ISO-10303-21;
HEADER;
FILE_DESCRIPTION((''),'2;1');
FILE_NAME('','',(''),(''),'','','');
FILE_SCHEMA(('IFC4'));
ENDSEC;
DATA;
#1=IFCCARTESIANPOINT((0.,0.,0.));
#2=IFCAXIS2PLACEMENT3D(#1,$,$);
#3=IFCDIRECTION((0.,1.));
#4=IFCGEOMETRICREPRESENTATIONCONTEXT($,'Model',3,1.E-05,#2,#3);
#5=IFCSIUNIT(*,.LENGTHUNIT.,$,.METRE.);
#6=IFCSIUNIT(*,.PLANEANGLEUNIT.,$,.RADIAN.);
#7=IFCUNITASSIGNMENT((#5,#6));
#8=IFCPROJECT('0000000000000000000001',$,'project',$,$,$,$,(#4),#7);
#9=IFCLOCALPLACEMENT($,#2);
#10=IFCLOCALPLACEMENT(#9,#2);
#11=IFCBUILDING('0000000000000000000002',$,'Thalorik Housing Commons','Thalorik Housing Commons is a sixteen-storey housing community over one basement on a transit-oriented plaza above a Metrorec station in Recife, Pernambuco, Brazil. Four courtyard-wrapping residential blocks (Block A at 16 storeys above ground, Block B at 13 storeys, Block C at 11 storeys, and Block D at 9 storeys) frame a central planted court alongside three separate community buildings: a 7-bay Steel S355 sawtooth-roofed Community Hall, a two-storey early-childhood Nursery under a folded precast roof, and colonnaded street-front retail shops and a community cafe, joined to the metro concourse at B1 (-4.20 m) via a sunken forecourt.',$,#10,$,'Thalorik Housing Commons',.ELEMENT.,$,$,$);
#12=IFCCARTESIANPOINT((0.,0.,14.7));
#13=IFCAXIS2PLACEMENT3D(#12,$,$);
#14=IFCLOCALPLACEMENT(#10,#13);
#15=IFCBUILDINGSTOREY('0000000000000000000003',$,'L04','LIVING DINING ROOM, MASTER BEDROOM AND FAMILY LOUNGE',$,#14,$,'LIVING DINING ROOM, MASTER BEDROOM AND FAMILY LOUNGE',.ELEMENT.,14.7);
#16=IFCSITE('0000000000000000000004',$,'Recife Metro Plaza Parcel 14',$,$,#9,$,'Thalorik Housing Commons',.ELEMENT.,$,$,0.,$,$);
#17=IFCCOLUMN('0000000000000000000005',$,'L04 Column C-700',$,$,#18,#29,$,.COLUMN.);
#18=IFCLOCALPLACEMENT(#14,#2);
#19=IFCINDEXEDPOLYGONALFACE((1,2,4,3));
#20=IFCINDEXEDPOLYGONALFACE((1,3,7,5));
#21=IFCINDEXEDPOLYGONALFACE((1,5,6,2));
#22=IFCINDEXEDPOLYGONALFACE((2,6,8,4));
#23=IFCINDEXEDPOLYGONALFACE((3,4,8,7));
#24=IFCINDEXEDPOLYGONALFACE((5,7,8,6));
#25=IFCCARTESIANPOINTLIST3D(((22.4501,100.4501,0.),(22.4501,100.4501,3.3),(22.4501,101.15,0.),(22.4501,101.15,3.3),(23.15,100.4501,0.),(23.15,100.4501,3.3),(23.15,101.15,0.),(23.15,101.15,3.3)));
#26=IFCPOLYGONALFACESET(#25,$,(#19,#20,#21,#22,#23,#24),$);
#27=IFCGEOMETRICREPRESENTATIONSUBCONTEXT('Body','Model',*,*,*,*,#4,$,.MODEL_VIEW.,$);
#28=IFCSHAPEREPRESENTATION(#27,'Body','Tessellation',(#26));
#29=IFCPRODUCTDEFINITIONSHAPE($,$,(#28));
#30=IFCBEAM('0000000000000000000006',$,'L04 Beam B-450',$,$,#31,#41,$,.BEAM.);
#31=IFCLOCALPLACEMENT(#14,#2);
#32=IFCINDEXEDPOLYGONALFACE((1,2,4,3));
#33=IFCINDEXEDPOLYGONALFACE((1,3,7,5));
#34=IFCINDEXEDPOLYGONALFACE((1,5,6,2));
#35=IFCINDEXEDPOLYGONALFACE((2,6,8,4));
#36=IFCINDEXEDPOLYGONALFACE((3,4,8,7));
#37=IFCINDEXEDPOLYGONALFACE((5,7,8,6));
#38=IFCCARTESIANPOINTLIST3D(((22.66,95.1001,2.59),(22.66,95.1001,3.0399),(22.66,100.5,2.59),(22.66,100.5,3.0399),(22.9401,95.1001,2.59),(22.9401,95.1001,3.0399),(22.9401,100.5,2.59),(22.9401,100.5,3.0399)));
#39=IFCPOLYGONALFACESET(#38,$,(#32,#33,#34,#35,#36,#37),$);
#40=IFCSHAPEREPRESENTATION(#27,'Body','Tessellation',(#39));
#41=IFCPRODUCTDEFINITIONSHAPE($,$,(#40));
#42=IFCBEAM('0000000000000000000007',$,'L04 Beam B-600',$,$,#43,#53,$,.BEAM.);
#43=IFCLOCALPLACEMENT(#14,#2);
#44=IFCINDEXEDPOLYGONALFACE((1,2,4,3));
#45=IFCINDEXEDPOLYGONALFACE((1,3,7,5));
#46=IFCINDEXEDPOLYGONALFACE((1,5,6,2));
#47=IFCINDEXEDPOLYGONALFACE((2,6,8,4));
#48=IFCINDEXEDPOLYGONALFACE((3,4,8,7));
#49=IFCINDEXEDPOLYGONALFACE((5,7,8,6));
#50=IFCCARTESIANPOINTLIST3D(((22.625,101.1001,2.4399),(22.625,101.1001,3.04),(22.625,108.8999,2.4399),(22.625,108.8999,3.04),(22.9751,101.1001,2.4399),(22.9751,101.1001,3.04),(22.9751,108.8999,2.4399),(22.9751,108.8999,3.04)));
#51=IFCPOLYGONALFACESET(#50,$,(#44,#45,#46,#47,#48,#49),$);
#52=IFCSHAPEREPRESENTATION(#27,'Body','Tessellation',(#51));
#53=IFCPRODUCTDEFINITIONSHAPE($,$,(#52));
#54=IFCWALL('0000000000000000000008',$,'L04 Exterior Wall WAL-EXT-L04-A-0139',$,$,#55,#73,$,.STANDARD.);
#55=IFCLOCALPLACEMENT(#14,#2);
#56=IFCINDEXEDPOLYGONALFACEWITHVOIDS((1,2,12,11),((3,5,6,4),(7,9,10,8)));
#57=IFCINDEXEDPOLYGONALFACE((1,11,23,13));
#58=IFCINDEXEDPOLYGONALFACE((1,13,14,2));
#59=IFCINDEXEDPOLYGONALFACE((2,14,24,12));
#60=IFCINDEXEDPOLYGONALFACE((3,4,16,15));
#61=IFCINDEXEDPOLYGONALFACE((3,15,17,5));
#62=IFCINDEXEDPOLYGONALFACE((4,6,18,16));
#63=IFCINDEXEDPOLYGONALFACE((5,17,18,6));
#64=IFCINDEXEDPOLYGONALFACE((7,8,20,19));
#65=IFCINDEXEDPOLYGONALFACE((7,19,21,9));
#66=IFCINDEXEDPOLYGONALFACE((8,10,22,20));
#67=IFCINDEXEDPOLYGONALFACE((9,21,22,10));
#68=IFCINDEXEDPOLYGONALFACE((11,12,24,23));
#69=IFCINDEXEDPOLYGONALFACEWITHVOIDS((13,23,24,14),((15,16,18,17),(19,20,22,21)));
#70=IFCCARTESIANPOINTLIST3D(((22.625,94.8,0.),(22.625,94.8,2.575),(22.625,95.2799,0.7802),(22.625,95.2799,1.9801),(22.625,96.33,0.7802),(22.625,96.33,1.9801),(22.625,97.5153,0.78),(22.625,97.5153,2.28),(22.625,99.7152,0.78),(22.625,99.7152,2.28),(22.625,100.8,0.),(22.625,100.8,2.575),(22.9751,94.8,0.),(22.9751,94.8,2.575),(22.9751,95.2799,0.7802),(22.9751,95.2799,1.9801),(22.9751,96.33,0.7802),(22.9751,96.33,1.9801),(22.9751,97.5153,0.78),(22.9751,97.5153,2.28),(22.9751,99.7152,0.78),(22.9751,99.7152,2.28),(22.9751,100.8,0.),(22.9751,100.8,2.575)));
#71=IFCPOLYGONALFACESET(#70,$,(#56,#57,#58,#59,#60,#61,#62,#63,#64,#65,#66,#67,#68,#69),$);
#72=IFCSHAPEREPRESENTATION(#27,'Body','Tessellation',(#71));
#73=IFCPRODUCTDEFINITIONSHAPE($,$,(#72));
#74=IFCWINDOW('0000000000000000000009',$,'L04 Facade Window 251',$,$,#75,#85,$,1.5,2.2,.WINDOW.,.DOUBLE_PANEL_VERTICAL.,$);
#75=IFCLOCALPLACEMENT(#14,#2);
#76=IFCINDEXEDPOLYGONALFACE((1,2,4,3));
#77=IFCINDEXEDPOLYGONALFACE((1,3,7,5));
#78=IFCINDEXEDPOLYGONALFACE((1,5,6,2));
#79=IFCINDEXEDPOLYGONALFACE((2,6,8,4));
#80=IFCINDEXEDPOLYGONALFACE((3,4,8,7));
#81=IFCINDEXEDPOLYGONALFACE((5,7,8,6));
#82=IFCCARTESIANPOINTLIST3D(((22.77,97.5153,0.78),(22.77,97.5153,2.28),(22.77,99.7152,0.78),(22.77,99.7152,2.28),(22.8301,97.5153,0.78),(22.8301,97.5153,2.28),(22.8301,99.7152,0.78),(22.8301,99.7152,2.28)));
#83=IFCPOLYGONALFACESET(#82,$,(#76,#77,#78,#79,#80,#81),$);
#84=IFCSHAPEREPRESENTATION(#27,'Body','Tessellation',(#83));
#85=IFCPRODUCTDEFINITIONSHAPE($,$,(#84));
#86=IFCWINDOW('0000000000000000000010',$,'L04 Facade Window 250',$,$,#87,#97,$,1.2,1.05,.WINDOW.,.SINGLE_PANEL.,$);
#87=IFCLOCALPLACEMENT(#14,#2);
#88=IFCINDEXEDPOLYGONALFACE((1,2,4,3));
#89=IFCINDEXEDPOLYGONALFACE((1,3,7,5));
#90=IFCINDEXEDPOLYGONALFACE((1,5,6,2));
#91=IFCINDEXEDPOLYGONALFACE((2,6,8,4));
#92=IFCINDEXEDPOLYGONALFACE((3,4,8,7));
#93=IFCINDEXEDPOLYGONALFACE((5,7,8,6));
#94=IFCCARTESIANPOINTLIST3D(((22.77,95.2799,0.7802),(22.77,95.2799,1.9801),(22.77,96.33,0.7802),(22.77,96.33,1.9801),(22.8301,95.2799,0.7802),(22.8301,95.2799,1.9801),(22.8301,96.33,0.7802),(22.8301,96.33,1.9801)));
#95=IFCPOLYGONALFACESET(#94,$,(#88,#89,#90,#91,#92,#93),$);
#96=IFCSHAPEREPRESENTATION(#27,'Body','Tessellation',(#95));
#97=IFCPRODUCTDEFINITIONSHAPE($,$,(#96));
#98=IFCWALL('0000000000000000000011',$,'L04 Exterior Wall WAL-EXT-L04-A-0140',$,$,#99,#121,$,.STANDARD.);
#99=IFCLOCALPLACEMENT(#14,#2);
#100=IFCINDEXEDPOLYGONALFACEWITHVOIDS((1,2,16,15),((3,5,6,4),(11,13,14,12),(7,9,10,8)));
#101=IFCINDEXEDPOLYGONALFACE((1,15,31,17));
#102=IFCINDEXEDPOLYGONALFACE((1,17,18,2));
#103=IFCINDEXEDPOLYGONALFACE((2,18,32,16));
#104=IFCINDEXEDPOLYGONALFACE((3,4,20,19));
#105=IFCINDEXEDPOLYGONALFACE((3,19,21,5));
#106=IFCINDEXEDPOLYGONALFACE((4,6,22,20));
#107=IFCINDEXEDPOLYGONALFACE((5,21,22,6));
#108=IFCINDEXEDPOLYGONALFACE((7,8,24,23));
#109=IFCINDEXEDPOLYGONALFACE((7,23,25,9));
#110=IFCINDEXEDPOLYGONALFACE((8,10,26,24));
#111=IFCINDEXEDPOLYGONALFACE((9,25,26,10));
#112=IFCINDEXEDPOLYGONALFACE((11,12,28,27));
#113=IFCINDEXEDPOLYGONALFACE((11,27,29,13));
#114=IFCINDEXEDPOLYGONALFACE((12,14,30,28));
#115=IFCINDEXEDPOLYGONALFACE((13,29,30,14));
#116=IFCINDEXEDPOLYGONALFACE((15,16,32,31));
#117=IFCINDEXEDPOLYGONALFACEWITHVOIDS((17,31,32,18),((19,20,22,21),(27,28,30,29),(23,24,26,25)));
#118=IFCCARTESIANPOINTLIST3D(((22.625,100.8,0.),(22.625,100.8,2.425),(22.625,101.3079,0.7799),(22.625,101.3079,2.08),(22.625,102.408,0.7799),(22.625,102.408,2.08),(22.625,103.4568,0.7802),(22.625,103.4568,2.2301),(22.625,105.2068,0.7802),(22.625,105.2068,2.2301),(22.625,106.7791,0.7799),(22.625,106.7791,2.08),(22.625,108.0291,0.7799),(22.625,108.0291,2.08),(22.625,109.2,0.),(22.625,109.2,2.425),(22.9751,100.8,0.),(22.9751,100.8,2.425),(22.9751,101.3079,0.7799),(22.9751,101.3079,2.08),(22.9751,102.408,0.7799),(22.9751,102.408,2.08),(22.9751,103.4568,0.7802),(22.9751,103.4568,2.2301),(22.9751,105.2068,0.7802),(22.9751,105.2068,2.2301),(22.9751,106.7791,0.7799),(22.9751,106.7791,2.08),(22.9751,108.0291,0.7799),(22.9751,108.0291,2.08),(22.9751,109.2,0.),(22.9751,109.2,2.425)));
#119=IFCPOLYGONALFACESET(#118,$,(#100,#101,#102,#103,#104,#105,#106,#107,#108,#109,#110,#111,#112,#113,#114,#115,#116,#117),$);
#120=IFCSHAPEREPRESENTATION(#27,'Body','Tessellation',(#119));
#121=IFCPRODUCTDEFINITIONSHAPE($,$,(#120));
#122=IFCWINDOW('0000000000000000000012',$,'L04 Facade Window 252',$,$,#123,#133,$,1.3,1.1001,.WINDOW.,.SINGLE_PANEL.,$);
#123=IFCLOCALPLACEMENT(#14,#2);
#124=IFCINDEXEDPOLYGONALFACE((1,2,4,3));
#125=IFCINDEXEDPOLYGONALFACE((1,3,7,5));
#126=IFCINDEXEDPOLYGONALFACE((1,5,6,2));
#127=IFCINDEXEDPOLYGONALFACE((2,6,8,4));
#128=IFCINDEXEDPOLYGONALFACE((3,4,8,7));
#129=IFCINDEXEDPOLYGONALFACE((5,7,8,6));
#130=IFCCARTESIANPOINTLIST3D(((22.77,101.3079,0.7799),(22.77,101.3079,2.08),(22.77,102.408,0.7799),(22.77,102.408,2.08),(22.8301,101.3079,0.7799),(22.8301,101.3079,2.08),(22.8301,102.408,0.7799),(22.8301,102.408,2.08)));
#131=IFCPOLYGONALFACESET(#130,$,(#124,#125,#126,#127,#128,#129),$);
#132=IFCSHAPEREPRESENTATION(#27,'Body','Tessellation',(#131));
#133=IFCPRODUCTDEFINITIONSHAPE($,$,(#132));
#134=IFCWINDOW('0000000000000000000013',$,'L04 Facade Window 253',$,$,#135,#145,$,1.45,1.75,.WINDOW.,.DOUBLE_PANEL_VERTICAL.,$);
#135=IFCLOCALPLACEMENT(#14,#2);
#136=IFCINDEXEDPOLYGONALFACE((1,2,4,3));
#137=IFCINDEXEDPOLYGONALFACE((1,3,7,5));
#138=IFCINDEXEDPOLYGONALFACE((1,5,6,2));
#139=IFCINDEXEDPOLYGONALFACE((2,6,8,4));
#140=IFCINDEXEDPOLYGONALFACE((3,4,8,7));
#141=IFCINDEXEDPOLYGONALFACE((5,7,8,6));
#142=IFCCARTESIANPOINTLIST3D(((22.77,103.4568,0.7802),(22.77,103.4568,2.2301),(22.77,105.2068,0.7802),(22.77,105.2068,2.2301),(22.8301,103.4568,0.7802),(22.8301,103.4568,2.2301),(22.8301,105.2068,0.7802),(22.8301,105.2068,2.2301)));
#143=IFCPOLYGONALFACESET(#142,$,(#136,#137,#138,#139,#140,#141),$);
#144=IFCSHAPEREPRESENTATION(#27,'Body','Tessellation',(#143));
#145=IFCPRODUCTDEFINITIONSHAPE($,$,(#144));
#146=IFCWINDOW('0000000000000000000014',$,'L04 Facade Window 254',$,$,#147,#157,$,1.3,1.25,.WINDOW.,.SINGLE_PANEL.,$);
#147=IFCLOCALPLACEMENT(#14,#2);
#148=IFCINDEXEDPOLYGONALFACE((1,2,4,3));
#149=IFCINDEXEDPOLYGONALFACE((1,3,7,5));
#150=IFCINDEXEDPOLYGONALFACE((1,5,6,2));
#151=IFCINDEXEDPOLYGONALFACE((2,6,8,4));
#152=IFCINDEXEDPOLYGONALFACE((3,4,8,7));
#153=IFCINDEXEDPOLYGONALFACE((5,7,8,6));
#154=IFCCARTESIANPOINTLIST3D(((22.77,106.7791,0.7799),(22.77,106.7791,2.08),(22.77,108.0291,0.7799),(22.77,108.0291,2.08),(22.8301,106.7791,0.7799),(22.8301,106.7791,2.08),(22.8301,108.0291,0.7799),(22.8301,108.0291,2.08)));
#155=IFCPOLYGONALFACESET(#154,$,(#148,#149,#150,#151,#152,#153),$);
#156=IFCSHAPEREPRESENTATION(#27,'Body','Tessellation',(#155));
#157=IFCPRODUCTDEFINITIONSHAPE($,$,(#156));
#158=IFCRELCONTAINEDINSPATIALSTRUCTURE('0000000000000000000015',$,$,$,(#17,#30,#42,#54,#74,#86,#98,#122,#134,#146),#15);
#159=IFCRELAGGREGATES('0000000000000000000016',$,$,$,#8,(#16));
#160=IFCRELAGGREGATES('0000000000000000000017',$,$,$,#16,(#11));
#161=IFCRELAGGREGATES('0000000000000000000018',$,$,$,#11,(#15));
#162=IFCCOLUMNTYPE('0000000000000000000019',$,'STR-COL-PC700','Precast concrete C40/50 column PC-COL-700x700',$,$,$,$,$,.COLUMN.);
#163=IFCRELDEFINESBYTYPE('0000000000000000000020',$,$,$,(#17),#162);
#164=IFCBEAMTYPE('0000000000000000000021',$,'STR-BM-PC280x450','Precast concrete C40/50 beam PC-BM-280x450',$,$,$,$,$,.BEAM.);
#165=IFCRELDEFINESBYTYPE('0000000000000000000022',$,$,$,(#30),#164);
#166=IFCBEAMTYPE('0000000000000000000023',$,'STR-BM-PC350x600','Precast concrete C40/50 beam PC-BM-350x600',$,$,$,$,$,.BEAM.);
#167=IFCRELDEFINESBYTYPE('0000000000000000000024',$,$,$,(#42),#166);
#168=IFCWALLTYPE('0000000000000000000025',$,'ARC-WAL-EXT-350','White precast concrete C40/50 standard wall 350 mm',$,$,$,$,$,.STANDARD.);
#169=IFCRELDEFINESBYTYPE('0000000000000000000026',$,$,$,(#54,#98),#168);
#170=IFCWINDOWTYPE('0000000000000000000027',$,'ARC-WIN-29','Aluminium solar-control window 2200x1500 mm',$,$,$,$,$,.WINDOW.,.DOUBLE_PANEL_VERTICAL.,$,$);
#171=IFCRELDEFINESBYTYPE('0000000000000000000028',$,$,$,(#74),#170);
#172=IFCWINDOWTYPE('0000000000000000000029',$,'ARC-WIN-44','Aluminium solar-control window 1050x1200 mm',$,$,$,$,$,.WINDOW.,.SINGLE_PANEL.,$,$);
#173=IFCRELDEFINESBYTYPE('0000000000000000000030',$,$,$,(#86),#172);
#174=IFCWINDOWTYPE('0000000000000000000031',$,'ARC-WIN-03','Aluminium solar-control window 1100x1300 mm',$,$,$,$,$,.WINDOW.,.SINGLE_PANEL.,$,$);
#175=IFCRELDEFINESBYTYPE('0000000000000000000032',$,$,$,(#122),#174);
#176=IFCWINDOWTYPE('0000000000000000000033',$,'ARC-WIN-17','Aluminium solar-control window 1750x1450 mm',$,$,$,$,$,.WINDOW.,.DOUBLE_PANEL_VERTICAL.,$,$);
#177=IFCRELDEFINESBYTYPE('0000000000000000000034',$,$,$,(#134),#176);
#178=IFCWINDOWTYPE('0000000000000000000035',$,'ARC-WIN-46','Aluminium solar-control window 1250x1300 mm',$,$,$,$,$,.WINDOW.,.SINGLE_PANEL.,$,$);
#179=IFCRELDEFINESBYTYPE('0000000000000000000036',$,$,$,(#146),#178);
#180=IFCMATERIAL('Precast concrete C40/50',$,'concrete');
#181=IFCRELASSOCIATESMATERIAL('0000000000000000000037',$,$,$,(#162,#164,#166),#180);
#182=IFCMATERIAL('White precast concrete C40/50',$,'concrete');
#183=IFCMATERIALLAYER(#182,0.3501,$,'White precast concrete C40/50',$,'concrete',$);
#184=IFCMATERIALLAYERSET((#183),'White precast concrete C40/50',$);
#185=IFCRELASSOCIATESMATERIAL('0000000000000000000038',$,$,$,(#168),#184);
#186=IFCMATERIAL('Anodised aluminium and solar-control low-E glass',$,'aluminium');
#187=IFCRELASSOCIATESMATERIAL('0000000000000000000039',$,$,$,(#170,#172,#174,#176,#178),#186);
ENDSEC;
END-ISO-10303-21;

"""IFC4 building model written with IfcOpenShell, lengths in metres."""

from ifc_helpers import new_model, si_unit, direction, frame, frame_2d, origin, origin_2d, place, context, subcontext, project, spatial, rectangle, extrude, material, layer, layer_set, material_profile, profile_set, type_object, element, fill, save


model = new_model("IFC4")

# Units and contexts
model_context = context("Model", 3, precision=1e-05, world=origin(), true_north=direction((0.0, 1.0)))
body_context = subcontext(model_context, "Body", "Model", "MODEL_VIEW")
ifc_project = project(units=[si_unit("LENGTHUNIT", "METRE"), si_unit("PLANEANGLEUNIT", "RADIAN")], contexts=[model_context])

# Site, building, storey
site_placement = place(None, origin())
site = spatial("IfcSite", under=ifc_project, at=site_placement, Name="Recife Metro Plaza Parcel 14", LongName="Thalorik Housing Commons", CompositionType="ELEMENT", RefElevation=0.0)
building_placement = place(site_placement, origin())
building = spatial("IfcBuilding", under=site, at=building_placement, Name="Thalorik Housing Commons", Description="Thalorik Housing Commons is a sixteen-storey housing community over one basement on a transit-oriented plaza above a Metrorec station in Recife, Pernambuco, Brazil. Four courtyard-wrapping residential blocks (Block A at 16 storeys above ground, Block B at 13 storeys, Block C at 11 storeys, and Block D at 9 storeys) frame a central planted court alongside three separate community buildings: a 7-bay Steel S355 sawtooth-roofed Community Hall, a two-storey early-childhood Nursery under a folded precast roof, and colonnaded street-front retail shops and a community cafe, joined to the metro concourse at B1 (-4.20 m) via a sunken forecourt.", LongName="Thalorik Housing Commons", CompositionType="ELEMENT")
storey_placement = place(building_placement, frame((0.0, 0.0, 14.7)))
storey = spatial("IfcBuildingStorey", under=building, at=storey_placement, Name="L04", Description="LIVING DINING ROOM, MASTER BEDROOM AND FAMILY LOUNGE", LongName="LIVING DINING ROOM, MASTER BEDROOM AND FAMILY LOUNGE", CompositionType="ELEMENT", Elevation=14.7)

# Column
ifc_material_1 = material(Name="Precast concrete C40/50", Category="concrete")
ifc_material_profile_1 = material_profile(ifc_material_1, rectangle(XDim=0.7, YDim=0.7, at=origin_2d()), Name="PC 700x700", Category="concrete")
ifc_profile_set_1 = profile_set([ifc_material_profile_1], Name="Precast concrete C40/50")
column_type = type_object("IfcColumnType", Name="STR-COL-PC700", Description="Precast concrete C40/50 column PC-COL-700x700", PredefinedType="COLUMN", material=ifc_profile_set_1)
column_placement = place(storey_placement, frame((22.8, 100.8, 0.0), z_axis=(0.0, 0.0, 1.0), x_axis=(1.0, 0.0, 0.0)))
element("IfcColumn", 1, at=column_placement, inside=storey, type_object=column_type, Name="L04 Column C-700", PredefinedType="COLUMN", context=body_context, shape_type="SweptSolid", body=[
    extrude(rectangle(XDim=0.7, YDim=0.7, at=origin_2d()), origin(), (0.0, 0.0, 1.0), 3.3),
])

# Beams
ifc_material_profile_2 = material_profile(ifc_material_1, rectangle(XDim=0.28, YDim=0.45, at=origin_2d()), Name="PC 280x450", Category="concrete")
ifc_profile_set_2 = profile_set([ifc_material_profile_2], Name="Precast concrete C40/50")
beam_type_1 = type_object("IfcBeamType", Name="STR-BM-PC280x450", Description="Precast concrete C40/50 beam PC-BM-280x450", PredefinedType="BEAM", material=ifc_profile_set_2)
beam_1_placement = place(storey_placement, frame((22.8, 95.1001, 2.8149), z_axis=(0.0, 1.0, 0.0), x_axis=(-1.0, 0.0, 0.0)))
element("IfcBeam", 2, at=beam_1_placement, inside=storey, type_object=beam_type_1, Name="L04 Beam B-450", PredefinedType="BEAM", context=body_context, shape_type="SweptSolid", body=[
    extrude(rectangle(XDim=0.28, YDim=0.45, at=origin_2d()), origin(), (0.0, 0.0, 1.0), 5.3999),
])
ifc_material_profile_3 = material_profile(ifc_material_1, rectangle(XDim=0.3501, YDim=0.6001, at=origin_2d()), Name="PC 350x600", Category="concrete")
ifc_profile_set_3 = profile_set([ifc_material_profile_3], Name="Precast concrete C40/50")
beam_type_2 = type_object("IfcBeamType", Name="STR-BM-PC350x600", Description="Precast concrete C40/50 beam PC-BM-350x600", PredefinedType="BEAM", material=ifc_profile_set_3)
beam_2_placement = place(storey_placement, frame((22.8, 101.1001, 2.74), z_axis=(0.0, 1.0, 0.0), x_axis=(-1.0, 0.0, 0.0)))
element("IfcBeam", 3, at=beam_2_placement, inside=storey, type_object=beam_type_2, Name="L04 Beam B-600", PredefinedType="BEAM", context=body_context, shape_type="SweptSolid", body=[
    extrude(rectangle(XDim=0.3501, YDim=0.6001, at=origin_2d()), origin(), (0.0, 0.0, 1.0), 7.7998),
])

# Walls, openings, windows
ifc_material_2 = material(Name="White precast concrete C40/50", Category="concrete")
ifc_layer_1 = layer(ifc_material_2, 0.3501, Name="White precast concrete C40/50", Category="concrete")
ifc_layer_set_1 = layer_set([ifc_layer_1], Name="White precast concrete C40/50")
wall_type = type_object("IfcWallType", Name="ARC-WAL-EXT-350", Description="White precast concrete C40/50 standard wall 350 mm", PredefinedType="STANDARD", material=ifc_layer_set_1)
wall_1_placement = place(storey_placement, frame((22.8, 94.8, 0.0), z_axis=(0.0, 0.0, 1.0), x_axis=(0.0, 1.0, 0.0)))
wall_1 = element("IfcWall", 4, at=wall_1_placement, inside=storey, type_object=wall_type, Name="L04 Exterior Wall WAL-EXT-L04-A-0139", PredefinedType="STANDARD", context=body_context, shape_type="SweptSolid", body=[
    extrude(rectangle(XDim=6.0, YDim=0.3501, at=frame_2d((3.0, 0.0))), origin(), (0.0, 0.0, 1.0), 2.575),
])
opening_1_placement = place(wall_1_placement, frame((0.48, 0.0, 0.78)))
opening_1 = element("IfcOpeningElement", 5, at=opening_1_placement, cuts=wall_1, PredefinedType="OPENING", context=body_context, shape_type="SweptSolid", body=[
    extrude(rectangle(XDim=1.05, YDim=1.2, at=frame_2d((0.5249, 0.6001))), frame((0.0, 0.1851, 0.0), z_axis=(0.0, -1.0, 0.0), x_axis=(1.0, 0.0, 0.0)), (0.0, 0.0, 1.0), 0.3701),
])
opening_2_placement = place(wall_1_placement, frame((2.7151, 0.0, 0.78)))
opening_2 = element("IfcOpeningElement", 6, at=opening_2_placement, cuts=wall_1, PredefinedType="OPENING", context=body_context, shape_type="SweptSolid", body=[
    extrude(rectangle(XDim=2.2, YDim=1.5, at=frame_2d((1.1001, 0.75))), frame((0.0, 0.1851, 0.0), z_axis=(0.0, -1.0, 0.0), x_axis=(1.0, 0.0, 0.0)), (0.0, 0.0, 1.0), 0.3701),
])
ifc_material_3 = material(Name="Anodised aluminium and solar-control low-E glass", Category="aluminium")
window_type_1 = type_object("IfcWindowType", Name="ARC-WIN-29", Description="Aluminium solar-control window 2200x1500 mm", PartitioningType="DOUBLE_PANEL_VERTICAL", PredefinedType="WINDOW", material=ifc_material_3)
window_1_placement = place(opening_2_placement, origin())
window_1 = element("IfcWindow", 7, at=window_1_placement, inside=storey, type_object=window_type_1, Name="L04 Facade Window 251", OverallHeight=1.5, OverallWidth=2.2, PartitioningType="DOUBLE_PANEL_VERTICAL", PredefinedType="WINDOW", context=body_context, shape_type="SweptSolid", body=[
    extrude(rectangle(XDim=2.2, YDim=1.5, at=frame_2d((1.1001, 0.75))), frame((0.0, 0.03, 0.0), z_axis=(0.0, -1.0, 0.0), x_axis=(1.0, 0.0, 0.0)), (0.0, 0.0, 1.0), 0.0601),
])
fill(opening_2, window_1)
window_type_2 = type_object("IfcWindowType", Name="ARC-WIN-44", Description="Aluminium solar-control window 1050x1200 mm", PartitioningType="SINGLE_PANEL", PredefinedType="WINDOW", material=ifc_material_3)
window_2_placement = place(opening_1_placement, origin())
window_2 = element("IfcWindow", 8, at=window_2_placement, inside=storey, type_object=window_type_2, Name="L04 Facade Window 250", OverallHeight=1.2, OverallWidth=1.05, PartitioningType="SINGLE_PANEL", PredefinedType="WINDOW", context=body_context, shape_type="SweptSolid", body=[
    extrude(rectangle(XDim=1.05, YDim=1.2, at=frame_2d((0.5249, 0.6001))), frame((0.0, 0.03, 0.0), z_axis=(0.0, -1.0, 0.0), x_axis=(1.0, 0.0, 0.0)), (0.0, 0.0, 1.0), 0.0601),
])
fill(opening_1, window_2)
wall_2_placement = place(storey_placement, frame((22.8, 100.8, 0.0), z_axis=(0.0, 0.0, 1.0), x_axis=(0.0, 1.0, 0.0)))
wall_2 = element("IfcWall", 9, at=wall_2_placement, inside=storey, type_object=wall_type, Name="L04 Exterior Wall WAL-EXT-L04-A-0140", PredefinedType="STANDARD", context=body_context, shape_type="SweptSolid", body=[
    extrude(rectangle(XDim=8.3999, YDim=0.3501, at=frame_2d((4.2, 0.0))), origin(), (0.0, 0.0, 1.0), 2.425),
])
opening_3_placement = place(wall_2_placement, frame((0.5078, 0.0, 0.78)))
opening_3 = element("IfcOpeningElement", 10, at=opening_3_placement, cuts=wall_2, PredefinedType="OPENING", context=body_context, shape_type="SweptSolid", body=[
    extrude(rectangle(XDim=1.1001, YDim=1.3, at=frame_2d((0.55, 0.6499))), frame((0.0, 0.1851, 0.0), z_axis=(0.0, -1.0, 0.0), x_axis=(1.0, 0.0, 0.0)), (0.0, 0.0, 1.0), 0.3701),
])
opening_4_placement = place(wall_2_placement, frame((2.6567, 0.0, 0.78)))
opening_4 = element("IfcOpeningElement", 11, at=opening_4_placement, cuts=wall_2, PredefinedType="OPENING", context=body_context, shape_type="SweptSolid", body=[
    extrude(rectangle(XDim=1.75, YDim=1.45, at=frame_2d((0.875, 0.7251))), frame((0.0, 0.1851, 0.0), z_axis=(0.0, -1.0, 0.0), x_axis=(1.0, 0.0, 0.0)), (0.0, 0.0, 1.0), 0.3701),
])
opening_5_placement = place(wall_2_placement, frame((5.979, 0.0, 0.78)))
opening_5 = element("IfcOpeningElement", 12, at=opening_5_placement, cuts=wall_2, PredefinedType="OPENING", context=body_context, shape_type="SweptSolid", body=[
    extrude(rectangle(XDim=1.25, YDim=1.3, at=frame_2d((0.625, 0.6499))), frame((0.0, 0.1851, 0.0), z_axis=(0.0, -1.0, 0.0), x_axis=(1.0, 0.0, 0.0)), (0.0, 0.0, 1.0), 0.3701),
])
window_type_3 = type_object("IfcWindowType", Name="ARC-WIN-03", Description="Aluminium solar-control window 1100x1300 mm", PartitioningType="SINGLE_PANEL", PredefinedType="WINDOW", material=ifc_material_3)
window_3_placement = place(opening_3_placement, origin())
window_3 = element("IfcWindow", 13, at=window_3_placement, inside=storey, type_object=window_type_3, Name="L04 Facade Window 252", OverallHeight=1.3, OverallWidth=1.1001, PartitioningType="SINGLE_PANEL", PredefinedType="WINDOW", context=body_context, shape_type="SweptSolid", body=[
    extrude(rectangle(XDim=1.1001, YDim=1.3, at=frame_2d((0.55, 0.6499))), frame((0.0, 0.03, 0.0), z_axis=(0.0, -1.0, 0.0), x_axis=(1.0, 0.0, 0.0)), (0.0, 0.0, 1.0), 0.0601),
])
fill(opening_3, window_3)
window_type_4 = type_object("IfcWindowType", Name="ARC-WIN-17", Description="Aluminium solar-control window 1750x1450 mm", PartitioningType="DOUBLE_PANEL_VERTICAL", PredefinedType="WINDOW", material=ifc_material_3)
window_4_placement = place(opening_4_placement, origin())
window_4 = element("IfcWindow", 14, at=window_4_placement, inside=storey, type_object=window_type_4, Name="L04 Facade Window 253", OverallHeight=1.45, OverallWidth=1.75, PartitioningType="DOUBLE_PANEL_VERTICAL", PredefinedType="WINDOW", context=body_context, shape_type="SweptSolid", body=[
    extrude(rectangle(XDim=1.75, YDim=1.45, at=frame_2d((0.875, 0.7251))), frame((0.0, 0.03, 0.0), z_axis=(0.0, -1.0, 0.0), x_axis=(1.0, 0.0, 0.0)), (0.0, 0.0, 1.0), 0.0601),
])
fill(opening_4, window_4)
window_type_5 = type_object("IfcWindowType", Name="ARC-WIN-46", Description="Aluminium solar-control window 1250x1300 mm", PartitioningType="SINGLE_PANEL", PredefinedType="WINDOW", material=ifc_material_3)
window_5_placement = place(opening_5_placement, origin())
window_5 = element("IfcWindow", 15, at=window_5_placement, inside=storey, type_object=window_type_5, Name="L04 Facade Window 254", OverallHeight=1.3, OverallWidth=1.25, PartitioningType="SINGLE_PANEL", PredefinedType="WINDOW", context=body_context, shape_type="SweptSolid", body=[
    extrude(rectangle(XDim=1.25, YDim=1.3, at=frame_2d((0.625, 0.6499))), frame((0.0, 0.03, 0.0), z_axis=(0.0, -1.0, 0.0), x_axis=(1.0, 0.0, 0.0)), (0.0, 0.0, 1.0), 0.0601),
])
fill(opening_5, window_5)

save(model, "model.ifc")
